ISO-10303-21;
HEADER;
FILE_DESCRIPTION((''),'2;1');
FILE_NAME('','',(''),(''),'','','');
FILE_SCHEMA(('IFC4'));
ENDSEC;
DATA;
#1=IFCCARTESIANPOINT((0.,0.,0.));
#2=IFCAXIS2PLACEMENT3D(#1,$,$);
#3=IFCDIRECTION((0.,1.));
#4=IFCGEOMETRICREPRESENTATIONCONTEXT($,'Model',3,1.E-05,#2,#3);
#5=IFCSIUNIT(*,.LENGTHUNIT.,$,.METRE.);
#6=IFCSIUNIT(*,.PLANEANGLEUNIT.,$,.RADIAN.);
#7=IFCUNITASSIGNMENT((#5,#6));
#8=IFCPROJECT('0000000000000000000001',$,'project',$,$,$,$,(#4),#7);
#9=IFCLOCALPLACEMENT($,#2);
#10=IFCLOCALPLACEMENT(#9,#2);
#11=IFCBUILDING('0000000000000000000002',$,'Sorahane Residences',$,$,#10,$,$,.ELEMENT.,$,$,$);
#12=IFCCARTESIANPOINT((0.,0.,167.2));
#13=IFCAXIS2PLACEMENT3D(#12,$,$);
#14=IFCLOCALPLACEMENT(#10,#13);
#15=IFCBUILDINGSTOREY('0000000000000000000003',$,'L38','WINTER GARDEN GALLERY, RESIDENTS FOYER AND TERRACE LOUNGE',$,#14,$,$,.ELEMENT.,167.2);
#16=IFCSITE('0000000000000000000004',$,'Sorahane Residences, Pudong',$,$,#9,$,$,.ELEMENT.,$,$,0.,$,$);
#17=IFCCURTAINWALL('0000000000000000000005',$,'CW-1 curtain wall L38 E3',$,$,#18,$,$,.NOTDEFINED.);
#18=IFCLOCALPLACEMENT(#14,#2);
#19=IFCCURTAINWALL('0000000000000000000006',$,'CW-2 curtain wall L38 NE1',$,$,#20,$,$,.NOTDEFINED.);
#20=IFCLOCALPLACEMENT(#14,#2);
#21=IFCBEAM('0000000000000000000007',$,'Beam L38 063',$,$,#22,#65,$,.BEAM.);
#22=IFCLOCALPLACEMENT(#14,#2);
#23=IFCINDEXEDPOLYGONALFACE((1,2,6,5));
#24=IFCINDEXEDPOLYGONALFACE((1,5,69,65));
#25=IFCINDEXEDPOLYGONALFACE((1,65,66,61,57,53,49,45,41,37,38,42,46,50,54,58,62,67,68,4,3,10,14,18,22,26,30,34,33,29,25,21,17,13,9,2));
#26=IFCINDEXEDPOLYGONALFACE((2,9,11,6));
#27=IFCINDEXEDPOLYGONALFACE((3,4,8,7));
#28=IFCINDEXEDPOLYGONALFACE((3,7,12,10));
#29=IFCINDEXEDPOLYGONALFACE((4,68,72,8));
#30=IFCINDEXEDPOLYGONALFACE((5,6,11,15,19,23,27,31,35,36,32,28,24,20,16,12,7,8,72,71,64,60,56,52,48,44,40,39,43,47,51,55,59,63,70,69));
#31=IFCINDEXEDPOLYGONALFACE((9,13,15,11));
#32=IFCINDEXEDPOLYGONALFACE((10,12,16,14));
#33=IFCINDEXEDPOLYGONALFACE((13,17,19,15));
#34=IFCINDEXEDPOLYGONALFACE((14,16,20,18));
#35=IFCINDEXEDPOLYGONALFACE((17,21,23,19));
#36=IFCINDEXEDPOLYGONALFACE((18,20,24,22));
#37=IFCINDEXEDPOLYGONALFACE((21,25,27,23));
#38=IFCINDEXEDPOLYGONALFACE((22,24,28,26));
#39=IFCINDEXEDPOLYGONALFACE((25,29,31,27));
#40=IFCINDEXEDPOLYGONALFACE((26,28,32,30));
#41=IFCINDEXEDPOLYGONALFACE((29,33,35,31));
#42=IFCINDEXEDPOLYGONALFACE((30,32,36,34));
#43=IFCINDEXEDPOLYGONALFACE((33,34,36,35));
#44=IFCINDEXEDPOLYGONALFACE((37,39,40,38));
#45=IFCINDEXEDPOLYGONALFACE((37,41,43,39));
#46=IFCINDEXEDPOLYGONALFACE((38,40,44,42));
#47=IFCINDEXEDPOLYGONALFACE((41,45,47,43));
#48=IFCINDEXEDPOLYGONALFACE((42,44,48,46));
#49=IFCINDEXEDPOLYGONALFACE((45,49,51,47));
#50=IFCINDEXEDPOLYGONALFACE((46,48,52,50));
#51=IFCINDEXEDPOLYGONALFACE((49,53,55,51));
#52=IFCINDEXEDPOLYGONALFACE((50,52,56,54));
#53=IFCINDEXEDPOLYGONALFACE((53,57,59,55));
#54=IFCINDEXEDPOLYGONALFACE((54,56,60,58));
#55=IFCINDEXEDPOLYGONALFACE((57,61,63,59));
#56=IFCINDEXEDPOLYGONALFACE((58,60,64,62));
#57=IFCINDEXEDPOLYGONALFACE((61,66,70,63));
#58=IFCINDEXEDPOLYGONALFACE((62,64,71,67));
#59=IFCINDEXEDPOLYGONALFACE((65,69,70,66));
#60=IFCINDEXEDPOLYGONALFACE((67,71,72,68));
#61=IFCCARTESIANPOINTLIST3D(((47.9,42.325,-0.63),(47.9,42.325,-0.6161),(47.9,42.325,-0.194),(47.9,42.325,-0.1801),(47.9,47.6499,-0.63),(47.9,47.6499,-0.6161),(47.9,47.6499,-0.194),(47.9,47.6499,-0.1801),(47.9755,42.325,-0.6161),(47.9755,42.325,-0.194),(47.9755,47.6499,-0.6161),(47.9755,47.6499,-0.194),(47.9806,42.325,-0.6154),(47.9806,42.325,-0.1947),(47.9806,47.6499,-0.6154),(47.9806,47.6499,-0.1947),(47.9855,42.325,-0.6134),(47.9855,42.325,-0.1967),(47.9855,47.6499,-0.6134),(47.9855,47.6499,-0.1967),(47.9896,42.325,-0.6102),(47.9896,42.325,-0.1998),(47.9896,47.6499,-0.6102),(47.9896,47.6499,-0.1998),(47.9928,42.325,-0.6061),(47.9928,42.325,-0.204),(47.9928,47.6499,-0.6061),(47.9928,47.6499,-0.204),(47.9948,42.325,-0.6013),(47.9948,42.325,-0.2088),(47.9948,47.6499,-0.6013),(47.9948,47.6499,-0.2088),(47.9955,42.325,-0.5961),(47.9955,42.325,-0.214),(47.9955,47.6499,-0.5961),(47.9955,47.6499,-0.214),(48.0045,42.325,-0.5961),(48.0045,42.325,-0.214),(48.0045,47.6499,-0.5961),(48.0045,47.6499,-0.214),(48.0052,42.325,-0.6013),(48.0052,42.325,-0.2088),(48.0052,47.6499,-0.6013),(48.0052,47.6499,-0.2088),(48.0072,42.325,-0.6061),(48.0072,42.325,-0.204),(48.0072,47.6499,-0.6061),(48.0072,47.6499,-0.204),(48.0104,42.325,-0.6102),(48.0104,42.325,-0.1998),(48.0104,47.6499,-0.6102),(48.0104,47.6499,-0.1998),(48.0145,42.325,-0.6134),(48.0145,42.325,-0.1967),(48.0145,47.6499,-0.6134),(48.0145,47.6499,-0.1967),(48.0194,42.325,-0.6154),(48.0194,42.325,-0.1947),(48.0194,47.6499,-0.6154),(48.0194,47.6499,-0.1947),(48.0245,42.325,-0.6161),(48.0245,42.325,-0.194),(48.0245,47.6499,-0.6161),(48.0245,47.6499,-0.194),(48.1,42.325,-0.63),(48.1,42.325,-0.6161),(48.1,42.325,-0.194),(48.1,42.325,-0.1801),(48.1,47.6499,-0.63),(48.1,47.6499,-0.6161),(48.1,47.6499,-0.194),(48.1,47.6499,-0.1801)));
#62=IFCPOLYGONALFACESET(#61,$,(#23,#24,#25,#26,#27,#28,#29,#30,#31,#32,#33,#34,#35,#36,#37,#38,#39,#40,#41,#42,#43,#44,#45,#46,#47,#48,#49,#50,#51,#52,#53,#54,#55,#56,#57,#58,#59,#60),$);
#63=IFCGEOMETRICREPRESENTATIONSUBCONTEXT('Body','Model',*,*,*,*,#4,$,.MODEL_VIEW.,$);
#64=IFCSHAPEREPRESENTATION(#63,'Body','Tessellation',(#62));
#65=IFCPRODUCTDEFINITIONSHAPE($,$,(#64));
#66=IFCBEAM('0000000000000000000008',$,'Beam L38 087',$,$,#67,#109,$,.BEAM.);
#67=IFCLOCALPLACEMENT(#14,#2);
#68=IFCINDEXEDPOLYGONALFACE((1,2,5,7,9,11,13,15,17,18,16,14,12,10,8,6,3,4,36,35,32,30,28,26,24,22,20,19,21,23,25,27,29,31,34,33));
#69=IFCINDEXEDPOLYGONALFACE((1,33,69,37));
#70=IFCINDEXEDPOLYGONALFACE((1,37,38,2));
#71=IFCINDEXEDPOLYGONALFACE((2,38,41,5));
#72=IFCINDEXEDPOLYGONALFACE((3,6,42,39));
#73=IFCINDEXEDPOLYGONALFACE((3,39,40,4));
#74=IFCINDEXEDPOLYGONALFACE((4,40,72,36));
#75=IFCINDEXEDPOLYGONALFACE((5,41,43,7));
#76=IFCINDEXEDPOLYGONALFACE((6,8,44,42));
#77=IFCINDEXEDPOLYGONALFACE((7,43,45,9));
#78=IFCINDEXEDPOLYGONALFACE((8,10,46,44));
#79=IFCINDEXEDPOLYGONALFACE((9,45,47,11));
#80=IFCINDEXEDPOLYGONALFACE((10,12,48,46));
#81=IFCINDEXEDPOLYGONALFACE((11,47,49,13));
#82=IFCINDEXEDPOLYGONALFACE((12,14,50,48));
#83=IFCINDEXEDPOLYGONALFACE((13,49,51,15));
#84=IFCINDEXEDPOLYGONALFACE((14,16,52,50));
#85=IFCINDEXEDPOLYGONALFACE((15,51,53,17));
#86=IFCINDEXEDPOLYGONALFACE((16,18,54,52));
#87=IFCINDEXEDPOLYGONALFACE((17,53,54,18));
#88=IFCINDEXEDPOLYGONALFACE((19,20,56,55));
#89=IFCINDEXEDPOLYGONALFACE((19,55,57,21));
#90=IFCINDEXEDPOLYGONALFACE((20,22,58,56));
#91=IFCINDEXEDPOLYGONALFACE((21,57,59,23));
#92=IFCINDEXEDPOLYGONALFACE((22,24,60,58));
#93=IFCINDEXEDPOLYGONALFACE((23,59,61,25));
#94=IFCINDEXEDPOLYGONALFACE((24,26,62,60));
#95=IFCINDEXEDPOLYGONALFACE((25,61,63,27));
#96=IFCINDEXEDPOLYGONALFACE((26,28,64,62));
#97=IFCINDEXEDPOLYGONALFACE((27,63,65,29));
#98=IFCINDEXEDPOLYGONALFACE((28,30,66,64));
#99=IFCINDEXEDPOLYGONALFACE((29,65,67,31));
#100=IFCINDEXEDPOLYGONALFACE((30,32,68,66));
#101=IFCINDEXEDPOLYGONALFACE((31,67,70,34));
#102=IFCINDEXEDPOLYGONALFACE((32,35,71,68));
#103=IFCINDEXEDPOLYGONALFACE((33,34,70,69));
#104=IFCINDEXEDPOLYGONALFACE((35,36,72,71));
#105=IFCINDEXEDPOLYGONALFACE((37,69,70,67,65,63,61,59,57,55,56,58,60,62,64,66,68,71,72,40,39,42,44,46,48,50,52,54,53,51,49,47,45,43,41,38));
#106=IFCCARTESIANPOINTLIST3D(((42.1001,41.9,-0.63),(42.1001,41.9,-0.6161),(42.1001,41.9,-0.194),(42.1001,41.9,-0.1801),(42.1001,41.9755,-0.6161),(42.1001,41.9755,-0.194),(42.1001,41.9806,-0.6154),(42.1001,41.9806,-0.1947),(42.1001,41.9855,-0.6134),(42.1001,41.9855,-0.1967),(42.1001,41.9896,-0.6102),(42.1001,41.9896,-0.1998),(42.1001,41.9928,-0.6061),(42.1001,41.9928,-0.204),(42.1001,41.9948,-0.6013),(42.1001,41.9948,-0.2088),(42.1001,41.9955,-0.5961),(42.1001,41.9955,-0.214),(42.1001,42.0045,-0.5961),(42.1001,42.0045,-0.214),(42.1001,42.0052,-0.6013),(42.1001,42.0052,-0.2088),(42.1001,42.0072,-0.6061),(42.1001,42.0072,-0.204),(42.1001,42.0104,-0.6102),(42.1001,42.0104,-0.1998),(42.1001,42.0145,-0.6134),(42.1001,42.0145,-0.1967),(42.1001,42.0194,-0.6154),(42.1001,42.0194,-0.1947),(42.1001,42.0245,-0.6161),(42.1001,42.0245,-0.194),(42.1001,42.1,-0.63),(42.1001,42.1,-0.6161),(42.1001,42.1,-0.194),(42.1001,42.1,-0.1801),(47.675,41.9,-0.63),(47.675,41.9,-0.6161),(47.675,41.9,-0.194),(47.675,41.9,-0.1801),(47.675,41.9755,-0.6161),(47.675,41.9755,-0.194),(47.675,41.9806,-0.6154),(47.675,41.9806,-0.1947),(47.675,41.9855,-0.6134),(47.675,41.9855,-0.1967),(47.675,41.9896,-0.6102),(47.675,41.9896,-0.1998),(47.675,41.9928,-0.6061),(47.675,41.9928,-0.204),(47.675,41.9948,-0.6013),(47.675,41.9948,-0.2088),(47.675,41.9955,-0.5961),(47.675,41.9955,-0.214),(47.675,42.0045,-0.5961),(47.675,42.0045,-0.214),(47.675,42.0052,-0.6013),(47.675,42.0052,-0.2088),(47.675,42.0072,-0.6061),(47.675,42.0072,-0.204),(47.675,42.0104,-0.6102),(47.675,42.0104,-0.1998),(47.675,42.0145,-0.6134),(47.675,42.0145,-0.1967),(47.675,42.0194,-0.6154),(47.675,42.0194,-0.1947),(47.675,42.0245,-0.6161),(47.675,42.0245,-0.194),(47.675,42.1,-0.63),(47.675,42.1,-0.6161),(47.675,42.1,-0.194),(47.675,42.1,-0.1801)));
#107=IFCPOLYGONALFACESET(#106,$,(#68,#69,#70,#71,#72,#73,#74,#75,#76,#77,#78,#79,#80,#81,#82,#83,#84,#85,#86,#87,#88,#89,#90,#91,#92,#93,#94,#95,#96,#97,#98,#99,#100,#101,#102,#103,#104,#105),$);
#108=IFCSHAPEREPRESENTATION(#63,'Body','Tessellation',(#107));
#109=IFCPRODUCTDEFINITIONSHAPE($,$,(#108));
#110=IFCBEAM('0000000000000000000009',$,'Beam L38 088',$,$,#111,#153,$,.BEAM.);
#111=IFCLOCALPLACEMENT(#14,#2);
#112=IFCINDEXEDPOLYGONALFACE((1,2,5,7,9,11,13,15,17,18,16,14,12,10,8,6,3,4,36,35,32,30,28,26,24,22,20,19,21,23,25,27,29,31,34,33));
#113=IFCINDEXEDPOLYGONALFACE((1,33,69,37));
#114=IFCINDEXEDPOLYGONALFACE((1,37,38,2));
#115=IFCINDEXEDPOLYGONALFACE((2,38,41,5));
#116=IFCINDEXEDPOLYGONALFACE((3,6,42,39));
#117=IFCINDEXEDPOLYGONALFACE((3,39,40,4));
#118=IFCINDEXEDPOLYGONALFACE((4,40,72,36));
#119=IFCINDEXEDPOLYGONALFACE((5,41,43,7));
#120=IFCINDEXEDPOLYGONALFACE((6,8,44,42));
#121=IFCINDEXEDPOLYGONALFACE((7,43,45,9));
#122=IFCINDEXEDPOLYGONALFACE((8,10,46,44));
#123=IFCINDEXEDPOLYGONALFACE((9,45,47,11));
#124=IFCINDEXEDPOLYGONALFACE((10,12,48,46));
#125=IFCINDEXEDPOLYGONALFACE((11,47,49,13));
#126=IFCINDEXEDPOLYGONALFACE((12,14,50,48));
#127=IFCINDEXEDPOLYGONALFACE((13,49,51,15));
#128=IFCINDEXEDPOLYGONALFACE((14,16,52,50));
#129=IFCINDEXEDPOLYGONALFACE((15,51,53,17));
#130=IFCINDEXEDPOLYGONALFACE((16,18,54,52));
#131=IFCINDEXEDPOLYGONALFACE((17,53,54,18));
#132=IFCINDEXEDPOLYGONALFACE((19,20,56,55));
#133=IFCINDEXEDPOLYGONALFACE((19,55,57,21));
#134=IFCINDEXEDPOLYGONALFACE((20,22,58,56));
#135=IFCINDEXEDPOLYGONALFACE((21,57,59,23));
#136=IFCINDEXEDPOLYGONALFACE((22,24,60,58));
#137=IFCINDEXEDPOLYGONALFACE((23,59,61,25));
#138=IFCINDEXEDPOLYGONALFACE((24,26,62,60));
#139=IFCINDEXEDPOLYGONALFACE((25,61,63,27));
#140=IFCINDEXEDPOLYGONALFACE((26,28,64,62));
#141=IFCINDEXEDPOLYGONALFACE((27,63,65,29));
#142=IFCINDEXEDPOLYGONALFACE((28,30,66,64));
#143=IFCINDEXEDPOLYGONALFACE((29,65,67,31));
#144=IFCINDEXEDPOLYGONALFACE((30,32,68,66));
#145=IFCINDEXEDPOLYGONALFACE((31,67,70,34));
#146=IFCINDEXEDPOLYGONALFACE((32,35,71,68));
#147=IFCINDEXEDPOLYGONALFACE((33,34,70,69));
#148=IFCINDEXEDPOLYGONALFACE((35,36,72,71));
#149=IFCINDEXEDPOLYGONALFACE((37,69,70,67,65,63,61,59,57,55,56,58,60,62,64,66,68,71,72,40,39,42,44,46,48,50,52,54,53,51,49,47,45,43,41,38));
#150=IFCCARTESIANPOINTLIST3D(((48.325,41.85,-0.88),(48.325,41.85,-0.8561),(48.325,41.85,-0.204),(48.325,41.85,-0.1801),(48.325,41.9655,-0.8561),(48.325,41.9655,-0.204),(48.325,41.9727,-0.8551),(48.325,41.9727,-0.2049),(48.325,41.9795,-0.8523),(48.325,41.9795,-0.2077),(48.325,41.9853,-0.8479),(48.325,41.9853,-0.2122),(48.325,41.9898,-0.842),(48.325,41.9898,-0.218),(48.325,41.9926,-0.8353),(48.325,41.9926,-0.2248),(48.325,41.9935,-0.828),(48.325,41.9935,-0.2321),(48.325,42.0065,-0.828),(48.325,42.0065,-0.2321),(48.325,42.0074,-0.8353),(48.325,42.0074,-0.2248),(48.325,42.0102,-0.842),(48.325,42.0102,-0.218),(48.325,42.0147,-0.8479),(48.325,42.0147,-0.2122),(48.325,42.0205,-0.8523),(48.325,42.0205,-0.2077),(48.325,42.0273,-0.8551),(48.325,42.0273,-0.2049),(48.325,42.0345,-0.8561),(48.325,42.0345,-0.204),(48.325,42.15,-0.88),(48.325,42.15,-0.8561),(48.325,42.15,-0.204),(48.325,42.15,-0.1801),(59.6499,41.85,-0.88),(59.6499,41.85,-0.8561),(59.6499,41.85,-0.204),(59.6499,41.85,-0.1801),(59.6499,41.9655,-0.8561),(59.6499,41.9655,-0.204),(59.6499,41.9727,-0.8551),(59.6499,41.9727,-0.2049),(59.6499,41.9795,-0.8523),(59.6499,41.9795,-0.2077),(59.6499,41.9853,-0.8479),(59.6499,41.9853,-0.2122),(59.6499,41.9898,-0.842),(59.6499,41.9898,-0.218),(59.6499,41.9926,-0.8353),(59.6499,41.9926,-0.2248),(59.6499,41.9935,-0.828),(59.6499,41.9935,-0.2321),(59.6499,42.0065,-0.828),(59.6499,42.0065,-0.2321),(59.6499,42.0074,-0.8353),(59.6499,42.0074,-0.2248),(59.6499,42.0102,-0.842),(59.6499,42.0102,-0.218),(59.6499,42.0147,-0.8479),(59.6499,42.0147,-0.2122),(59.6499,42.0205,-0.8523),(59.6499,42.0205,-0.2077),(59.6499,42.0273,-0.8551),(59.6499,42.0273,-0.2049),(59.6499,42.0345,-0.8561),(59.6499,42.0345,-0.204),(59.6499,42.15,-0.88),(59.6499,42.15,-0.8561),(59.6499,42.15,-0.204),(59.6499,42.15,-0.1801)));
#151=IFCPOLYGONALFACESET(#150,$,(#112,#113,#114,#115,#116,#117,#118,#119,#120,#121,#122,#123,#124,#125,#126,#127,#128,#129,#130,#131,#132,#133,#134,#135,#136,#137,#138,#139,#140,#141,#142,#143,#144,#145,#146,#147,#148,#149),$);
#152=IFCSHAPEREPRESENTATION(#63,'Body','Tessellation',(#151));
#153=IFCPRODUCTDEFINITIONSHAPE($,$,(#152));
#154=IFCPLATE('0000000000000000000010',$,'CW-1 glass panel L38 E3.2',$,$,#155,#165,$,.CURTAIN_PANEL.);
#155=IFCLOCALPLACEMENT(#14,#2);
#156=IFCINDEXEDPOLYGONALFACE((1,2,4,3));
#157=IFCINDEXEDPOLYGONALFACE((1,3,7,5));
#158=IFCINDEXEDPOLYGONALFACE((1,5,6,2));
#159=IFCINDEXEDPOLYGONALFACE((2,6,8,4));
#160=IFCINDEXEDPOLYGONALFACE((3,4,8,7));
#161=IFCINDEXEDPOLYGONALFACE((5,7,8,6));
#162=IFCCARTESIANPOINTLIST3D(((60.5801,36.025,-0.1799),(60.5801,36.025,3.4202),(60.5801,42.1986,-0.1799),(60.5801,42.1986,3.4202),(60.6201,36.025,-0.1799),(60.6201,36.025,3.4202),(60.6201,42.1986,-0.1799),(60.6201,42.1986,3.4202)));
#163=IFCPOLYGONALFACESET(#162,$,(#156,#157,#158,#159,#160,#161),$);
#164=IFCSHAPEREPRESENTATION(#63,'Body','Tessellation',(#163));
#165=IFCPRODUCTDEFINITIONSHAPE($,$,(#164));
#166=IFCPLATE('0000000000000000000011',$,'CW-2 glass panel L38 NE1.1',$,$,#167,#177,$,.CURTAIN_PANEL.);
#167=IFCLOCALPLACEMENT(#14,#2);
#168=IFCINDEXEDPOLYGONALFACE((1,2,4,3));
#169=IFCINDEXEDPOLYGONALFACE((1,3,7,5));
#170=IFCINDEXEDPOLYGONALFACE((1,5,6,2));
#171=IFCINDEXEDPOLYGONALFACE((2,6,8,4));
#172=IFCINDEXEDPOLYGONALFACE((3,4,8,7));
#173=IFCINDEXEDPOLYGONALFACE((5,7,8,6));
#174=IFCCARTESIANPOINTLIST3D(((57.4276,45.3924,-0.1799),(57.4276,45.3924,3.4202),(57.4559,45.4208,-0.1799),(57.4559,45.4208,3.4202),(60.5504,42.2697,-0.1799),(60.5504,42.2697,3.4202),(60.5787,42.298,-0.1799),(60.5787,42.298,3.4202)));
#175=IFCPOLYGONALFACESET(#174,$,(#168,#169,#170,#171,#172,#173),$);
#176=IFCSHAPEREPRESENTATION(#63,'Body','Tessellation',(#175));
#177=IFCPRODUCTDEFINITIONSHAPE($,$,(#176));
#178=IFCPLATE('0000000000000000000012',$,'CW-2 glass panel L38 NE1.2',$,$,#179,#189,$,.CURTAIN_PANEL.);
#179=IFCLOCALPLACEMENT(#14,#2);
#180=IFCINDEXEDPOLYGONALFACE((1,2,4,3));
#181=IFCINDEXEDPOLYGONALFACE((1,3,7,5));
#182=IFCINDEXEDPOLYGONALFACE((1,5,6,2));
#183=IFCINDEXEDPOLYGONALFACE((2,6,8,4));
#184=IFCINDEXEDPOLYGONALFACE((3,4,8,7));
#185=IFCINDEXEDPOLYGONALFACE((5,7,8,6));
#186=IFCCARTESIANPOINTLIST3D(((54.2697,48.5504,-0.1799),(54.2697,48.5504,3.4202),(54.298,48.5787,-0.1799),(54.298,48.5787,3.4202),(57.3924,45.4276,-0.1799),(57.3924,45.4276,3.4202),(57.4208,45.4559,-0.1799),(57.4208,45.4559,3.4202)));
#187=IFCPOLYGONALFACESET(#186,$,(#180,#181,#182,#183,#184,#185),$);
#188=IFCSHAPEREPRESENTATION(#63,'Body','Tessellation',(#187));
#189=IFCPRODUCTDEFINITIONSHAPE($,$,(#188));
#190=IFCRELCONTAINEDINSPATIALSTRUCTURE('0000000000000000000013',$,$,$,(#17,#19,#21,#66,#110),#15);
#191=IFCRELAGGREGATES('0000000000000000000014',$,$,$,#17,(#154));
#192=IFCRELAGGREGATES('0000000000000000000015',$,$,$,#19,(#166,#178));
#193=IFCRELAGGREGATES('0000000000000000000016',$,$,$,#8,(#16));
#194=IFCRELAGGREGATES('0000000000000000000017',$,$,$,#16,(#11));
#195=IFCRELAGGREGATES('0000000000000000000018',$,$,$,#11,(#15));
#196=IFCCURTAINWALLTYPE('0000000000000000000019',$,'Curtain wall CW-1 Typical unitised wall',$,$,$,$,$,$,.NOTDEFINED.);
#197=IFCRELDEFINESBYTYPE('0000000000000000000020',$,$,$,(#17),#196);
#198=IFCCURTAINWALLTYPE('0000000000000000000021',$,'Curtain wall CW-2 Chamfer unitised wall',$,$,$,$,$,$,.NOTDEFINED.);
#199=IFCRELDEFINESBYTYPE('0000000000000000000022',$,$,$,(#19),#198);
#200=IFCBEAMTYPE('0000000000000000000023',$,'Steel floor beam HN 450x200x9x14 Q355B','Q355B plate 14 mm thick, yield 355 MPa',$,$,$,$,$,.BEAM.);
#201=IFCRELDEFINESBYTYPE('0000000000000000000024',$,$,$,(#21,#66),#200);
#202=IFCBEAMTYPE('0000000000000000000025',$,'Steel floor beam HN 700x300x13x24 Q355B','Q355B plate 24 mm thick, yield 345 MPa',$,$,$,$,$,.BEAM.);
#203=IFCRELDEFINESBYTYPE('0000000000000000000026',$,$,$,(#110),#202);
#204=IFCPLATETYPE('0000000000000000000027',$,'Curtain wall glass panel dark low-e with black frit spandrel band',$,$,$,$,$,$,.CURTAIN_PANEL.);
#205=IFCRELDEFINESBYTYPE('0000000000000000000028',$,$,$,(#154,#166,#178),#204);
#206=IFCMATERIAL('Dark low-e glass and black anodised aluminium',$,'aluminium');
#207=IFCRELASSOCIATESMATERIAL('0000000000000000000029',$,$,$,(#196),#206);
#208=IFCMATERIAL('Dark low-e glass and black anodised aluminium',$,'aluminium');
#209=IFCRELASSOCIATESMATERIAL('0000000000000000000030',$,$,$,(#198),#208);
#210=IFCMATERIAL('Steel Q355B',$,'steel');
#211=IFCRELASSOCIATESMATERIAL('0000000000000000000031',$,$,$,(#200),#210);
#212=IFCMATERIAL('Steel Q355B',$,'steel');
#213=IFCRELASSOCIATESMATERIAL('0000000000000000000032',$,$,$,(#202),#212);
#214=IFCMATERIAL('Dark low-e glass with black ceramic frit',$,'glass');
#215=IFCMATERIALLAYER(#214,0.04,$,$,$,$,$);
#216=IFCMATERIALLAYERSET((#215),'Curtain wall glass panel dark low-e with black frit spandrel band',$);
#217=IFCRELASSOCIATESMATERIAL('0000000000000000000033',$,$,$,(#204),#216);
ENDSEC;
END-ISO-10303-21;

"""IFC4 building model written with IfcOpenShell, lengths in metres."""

from ifc_helpers import new_model, si_unit, direction, frame, origin, origin_2d, place, context, subcontext, project, spatial, rectangle, i_section, extrude, material, layer, layer_set, material_profile, profile_set, type_object, element, aggregate, save


model = new_model("IFC4")

# Units and contexts
model_context = context("Model", 3, precision=1e-05, world=origin(), true_north=direction((0.0, 1.0)))
body_context = subcontext(model_context, "Body", "Model", "MODEL_VIEW")
ifc_project = project(units=[si_unit("LENGTHUNIT", "METRE"), si_unit("PLANEANGLEUNIT", "RADIAN")], contexts=[model_context])

# Site, building, storey
site_placement = place(None, origin())
site = spatial("IfcSite", under=ifc_project, at=site_placement, Name="Sorahane Residences, Pudong", CompositionType="ELEMENT", RefElevation=0.0)
building_placement = place(site_placement, origin())
building = spatial("IfcBuilding", under=site, at=building_placement, Name="Sorahane Residences", CompositionType="ELEMENT")
storey_placement = place(building_placement, frame((0.0, 0.0, 167.2)))
storey = spatial("IfcBuildingStorey", under=building, at=storey_placement, Name="L38", Description="WINTER GARDEN GALLERY, RESIDENTS FOYER AND TERRACE LOUNGE", CompositionType="ELEMENT", Elevation=167.2)

# Curtain wall
ifc_material_1 = material(Name="Dark low-e glass and black anodised aluminium", Category="aluminium")
curtain_wall_type_1 = type_object("IfcCurtainWallType", Name="Curtain wall CW-1 Typical unitised wall", PredefinedType="NOTDEFINED", material=ifc_material_1)
curtain_wall_1_placement = place(storey_placement, origin())
curtain_wall_1 = element("IfcCurtainWall", 1, at=curtain_wall_1_placement, inside=storey, type_object=curtain_wall_type_1, Name="CW-1 curtain wall L38 E3", PredefinedType="NOTDEFINED")

# Curtain wall
ifc_material_2 = material(Name="Dark low-e glass and black anodised aluminium", Category="aluminium")
curtain_wall_type_2 = type_object("IfcCurtainWallType", Name="Curtain wall CW-2 Chamfer unitised wall", PredefinedType="NOTDEFINED", material=ifc_material_2)
curtain_wall_2_placement = place(storey_placement, origin())
curtain_wall_2 = element("IfcCurtainWall", 2, at=curtain_wall_2_placement, inside=storey, type_object=curtain_wall_type_2, Name="CW-2 curtain wall L38 NE1", PredefinedType="NOTDEFINED")

# Beams
ifc_material_3 = material(Name="Steel Q355B", Category="steel")
ifc_material_profile_1 = material_profile(ifc_material_3, i_section(OverallWidth=0.2, OverallDepth=0.45, WebThickness=0.009, FlangeThickness=0.0139, FilletRadius=0.02, at=origin_2d()), Name="HN 450x200x9x14")
ifc_profile_set_1 = profile_set([ifc_material_profile_1], Name="Steel Q355B")
beam_type_1 = type_object("IfcBeamType", Name="Steel floor beam HN 450x200x9x14 Q355B", Description="Q355B plate 14 mm thick, yield 355 MPa", PredefinedType="BEAM", material=ifc_profile_set_1)
beam_1_placement = place(storey_placement, frame((48.0, 42.325, -0.405), z_axis=(0.0, 1.0, 0.0), x_axis=(-1.0, 0.0, 0.0)))
element("IfcBeam", 3, at=beam_1_placement, inside=storey, type_object=beam_type_1, Name="Beam L38 063", PredefinedType="BEAM", context=body_context, shape_type="SweptSolid", body=[
    extrude(i_section(OverallWidth=0.2, OverallDepth=0.45, WebThickness=0.009, FlangeThickness=0.0139, FilletRadius=0.02, at=origin_2d()), origin(), (0.0, 0.0, 1.0), 5.325),
])
beam_2_placement = place(storey_placement, frame((42.1001, 42.0, -0.405), z_axis=(1.0, 0.0, 0.0), x_axis=(0.0, 1.0, 0.0)))
element("IfcBeam", 4, at=beam_2_placement, inside=storey, type_object=beam_type_1, Name="Beam L38 087", PredefinedType="BEAM", context=body_context, shape_type="SweptSolid", body=[
    extrude(i_section(OverallWidth=0.2, OverallDepth=0.45, WebThickness=0.009, FlangeThickness=0.0139, FilletRadius=0.02, at=origin_2d()), origin(), (0.0, 0.0, 1.0), 5.575),
])
ifc_material_4 = material(Name="Steel Q355B", Category="steel")
ifc_material_profile_2 = material_profile(ifc_material_4, i_section(OverallWidth=0.3, OverallDepth=0.7, WebThickness=0.0129, FlangeThickness=0.0239, FilletRadius=0.0281, at=origin_2d()), Name="HN 700x300x13x24")
ifc_profile_set_2 = profile_set([ifc_material_profile_2], Name="Steel Q355B")
beam_type_2 = type_object("IfcBeamType", Name="Steel floor beam HN 700x300x13x24 Q355B", Description="Q355B plate 24 mm thick, yield 345 MPa", PredefinedType="BEAM", material=ifc_profile_set_2)
beam_3_placement = place(storey_placement, frame((48.325, 42.0, -0.53), z_axis=(1.0, 0.0, 0.0), x_axis=(0.0, 1.0, 0.0)))
element("IfcBeam", 5, at=beam_3_placement, inside=storey, type_object=beam_type_2, Name="Beam L38 088", PredefinedType="BEAM", context=body_context, shape_type="SweptSolid", body=[
    extrude(i_section(OverallWidth=0.3, OverallDepth=0.7, WebThickness=0.0129, FlangeThickness=0.0239, FilletRadius=0.0281, at=origin_2d()), origin(), (0.0, 0.0, 1.0), 11.325),
])

# Plates
ifc_material_5 = material(Name="Dark low-e glass with black ceramic frit", Category="glass")
ifc_layer_1 = layer(ifc_material_5, 0.04)
ifc_layer_set_1 = layer_set([ifc_layer_1], Name="Curtain wall glass panel dark low-e with black frit spandrel band")
plate_type = type_object("IfcPlateType", Name="Curtain wall glass panel dark low-e with black frit spandrel band", PredefinedType="CURTAIN_PANEL", material=ifc_layer_set_1)
plate_1_placement = place(storey_placement, frame((60.6001, 39.1118, -0.1799), z_axis=(0.0, 0.0, 1.0), x_axis=(0.0, 1.0, 0.0)))
plate_1 = element("IfcPlate", 6, at=plate_1_placement, type_object=plate_type, Name="CW-1 glass panel L38 E3.2", PredefinedType="CURTAIN_PANEL", context=body_context, shape_type="SweptSolid", body=[
    extrude(rectangle(XDim=6.1736, YDim=0.04, at=origin_2d()), origin(), (0.0, 0.0, 1.0), 3.6001),
])
aggregate(curtain_wall_1, [plate_1])
plate_2_placement = place(storey_placement, frame((59.0032, 43.8452, -0.1799), z_axis=(0.0, 0.0, 1.0), x_axis=(-0.707107, 0.707107, 0.0)))
plate_2 = element("IfcPlate", 7, at=plate_2_placement, type_object=plate_type, Name="CW-2 glass panel L38 NE1.1", PredefinedType="CURTAIN_PANEL", context=body_context, shape_type="SweptSolid", body=[
    extrude(rectangle(XDim=4.4163, YDim=0.04, at=origin_2d()), origin(), (0.0, 0.0, 1.0), 3.6001),
])
plate_3_placement = place(storey_placement, frame((55.8452, 47.0032, -0.1799), z_axis=(0.0, 0.0, 1.0), x_axis=(-0.707107, 0.707107, 0.0)))
plate_3 = element("IfcPlate", 8, at=plate_3_placement, type_object=plate_type, Name="CW-2 glass panel L38 NE1.2", PredefinedType="CURTAIN_PANEL", context=body_context, shape_type="SweptSolid", body=[
    extrude(rectangle(XDim=4.4163, YDim=0.04, at=origin_2d()), origin(), (0.0, 0.0, 1.0), 3.6001),
])
aggregate(curtain_wall_2, [plate_2, plate_3])

save(model, "model.ifc")
